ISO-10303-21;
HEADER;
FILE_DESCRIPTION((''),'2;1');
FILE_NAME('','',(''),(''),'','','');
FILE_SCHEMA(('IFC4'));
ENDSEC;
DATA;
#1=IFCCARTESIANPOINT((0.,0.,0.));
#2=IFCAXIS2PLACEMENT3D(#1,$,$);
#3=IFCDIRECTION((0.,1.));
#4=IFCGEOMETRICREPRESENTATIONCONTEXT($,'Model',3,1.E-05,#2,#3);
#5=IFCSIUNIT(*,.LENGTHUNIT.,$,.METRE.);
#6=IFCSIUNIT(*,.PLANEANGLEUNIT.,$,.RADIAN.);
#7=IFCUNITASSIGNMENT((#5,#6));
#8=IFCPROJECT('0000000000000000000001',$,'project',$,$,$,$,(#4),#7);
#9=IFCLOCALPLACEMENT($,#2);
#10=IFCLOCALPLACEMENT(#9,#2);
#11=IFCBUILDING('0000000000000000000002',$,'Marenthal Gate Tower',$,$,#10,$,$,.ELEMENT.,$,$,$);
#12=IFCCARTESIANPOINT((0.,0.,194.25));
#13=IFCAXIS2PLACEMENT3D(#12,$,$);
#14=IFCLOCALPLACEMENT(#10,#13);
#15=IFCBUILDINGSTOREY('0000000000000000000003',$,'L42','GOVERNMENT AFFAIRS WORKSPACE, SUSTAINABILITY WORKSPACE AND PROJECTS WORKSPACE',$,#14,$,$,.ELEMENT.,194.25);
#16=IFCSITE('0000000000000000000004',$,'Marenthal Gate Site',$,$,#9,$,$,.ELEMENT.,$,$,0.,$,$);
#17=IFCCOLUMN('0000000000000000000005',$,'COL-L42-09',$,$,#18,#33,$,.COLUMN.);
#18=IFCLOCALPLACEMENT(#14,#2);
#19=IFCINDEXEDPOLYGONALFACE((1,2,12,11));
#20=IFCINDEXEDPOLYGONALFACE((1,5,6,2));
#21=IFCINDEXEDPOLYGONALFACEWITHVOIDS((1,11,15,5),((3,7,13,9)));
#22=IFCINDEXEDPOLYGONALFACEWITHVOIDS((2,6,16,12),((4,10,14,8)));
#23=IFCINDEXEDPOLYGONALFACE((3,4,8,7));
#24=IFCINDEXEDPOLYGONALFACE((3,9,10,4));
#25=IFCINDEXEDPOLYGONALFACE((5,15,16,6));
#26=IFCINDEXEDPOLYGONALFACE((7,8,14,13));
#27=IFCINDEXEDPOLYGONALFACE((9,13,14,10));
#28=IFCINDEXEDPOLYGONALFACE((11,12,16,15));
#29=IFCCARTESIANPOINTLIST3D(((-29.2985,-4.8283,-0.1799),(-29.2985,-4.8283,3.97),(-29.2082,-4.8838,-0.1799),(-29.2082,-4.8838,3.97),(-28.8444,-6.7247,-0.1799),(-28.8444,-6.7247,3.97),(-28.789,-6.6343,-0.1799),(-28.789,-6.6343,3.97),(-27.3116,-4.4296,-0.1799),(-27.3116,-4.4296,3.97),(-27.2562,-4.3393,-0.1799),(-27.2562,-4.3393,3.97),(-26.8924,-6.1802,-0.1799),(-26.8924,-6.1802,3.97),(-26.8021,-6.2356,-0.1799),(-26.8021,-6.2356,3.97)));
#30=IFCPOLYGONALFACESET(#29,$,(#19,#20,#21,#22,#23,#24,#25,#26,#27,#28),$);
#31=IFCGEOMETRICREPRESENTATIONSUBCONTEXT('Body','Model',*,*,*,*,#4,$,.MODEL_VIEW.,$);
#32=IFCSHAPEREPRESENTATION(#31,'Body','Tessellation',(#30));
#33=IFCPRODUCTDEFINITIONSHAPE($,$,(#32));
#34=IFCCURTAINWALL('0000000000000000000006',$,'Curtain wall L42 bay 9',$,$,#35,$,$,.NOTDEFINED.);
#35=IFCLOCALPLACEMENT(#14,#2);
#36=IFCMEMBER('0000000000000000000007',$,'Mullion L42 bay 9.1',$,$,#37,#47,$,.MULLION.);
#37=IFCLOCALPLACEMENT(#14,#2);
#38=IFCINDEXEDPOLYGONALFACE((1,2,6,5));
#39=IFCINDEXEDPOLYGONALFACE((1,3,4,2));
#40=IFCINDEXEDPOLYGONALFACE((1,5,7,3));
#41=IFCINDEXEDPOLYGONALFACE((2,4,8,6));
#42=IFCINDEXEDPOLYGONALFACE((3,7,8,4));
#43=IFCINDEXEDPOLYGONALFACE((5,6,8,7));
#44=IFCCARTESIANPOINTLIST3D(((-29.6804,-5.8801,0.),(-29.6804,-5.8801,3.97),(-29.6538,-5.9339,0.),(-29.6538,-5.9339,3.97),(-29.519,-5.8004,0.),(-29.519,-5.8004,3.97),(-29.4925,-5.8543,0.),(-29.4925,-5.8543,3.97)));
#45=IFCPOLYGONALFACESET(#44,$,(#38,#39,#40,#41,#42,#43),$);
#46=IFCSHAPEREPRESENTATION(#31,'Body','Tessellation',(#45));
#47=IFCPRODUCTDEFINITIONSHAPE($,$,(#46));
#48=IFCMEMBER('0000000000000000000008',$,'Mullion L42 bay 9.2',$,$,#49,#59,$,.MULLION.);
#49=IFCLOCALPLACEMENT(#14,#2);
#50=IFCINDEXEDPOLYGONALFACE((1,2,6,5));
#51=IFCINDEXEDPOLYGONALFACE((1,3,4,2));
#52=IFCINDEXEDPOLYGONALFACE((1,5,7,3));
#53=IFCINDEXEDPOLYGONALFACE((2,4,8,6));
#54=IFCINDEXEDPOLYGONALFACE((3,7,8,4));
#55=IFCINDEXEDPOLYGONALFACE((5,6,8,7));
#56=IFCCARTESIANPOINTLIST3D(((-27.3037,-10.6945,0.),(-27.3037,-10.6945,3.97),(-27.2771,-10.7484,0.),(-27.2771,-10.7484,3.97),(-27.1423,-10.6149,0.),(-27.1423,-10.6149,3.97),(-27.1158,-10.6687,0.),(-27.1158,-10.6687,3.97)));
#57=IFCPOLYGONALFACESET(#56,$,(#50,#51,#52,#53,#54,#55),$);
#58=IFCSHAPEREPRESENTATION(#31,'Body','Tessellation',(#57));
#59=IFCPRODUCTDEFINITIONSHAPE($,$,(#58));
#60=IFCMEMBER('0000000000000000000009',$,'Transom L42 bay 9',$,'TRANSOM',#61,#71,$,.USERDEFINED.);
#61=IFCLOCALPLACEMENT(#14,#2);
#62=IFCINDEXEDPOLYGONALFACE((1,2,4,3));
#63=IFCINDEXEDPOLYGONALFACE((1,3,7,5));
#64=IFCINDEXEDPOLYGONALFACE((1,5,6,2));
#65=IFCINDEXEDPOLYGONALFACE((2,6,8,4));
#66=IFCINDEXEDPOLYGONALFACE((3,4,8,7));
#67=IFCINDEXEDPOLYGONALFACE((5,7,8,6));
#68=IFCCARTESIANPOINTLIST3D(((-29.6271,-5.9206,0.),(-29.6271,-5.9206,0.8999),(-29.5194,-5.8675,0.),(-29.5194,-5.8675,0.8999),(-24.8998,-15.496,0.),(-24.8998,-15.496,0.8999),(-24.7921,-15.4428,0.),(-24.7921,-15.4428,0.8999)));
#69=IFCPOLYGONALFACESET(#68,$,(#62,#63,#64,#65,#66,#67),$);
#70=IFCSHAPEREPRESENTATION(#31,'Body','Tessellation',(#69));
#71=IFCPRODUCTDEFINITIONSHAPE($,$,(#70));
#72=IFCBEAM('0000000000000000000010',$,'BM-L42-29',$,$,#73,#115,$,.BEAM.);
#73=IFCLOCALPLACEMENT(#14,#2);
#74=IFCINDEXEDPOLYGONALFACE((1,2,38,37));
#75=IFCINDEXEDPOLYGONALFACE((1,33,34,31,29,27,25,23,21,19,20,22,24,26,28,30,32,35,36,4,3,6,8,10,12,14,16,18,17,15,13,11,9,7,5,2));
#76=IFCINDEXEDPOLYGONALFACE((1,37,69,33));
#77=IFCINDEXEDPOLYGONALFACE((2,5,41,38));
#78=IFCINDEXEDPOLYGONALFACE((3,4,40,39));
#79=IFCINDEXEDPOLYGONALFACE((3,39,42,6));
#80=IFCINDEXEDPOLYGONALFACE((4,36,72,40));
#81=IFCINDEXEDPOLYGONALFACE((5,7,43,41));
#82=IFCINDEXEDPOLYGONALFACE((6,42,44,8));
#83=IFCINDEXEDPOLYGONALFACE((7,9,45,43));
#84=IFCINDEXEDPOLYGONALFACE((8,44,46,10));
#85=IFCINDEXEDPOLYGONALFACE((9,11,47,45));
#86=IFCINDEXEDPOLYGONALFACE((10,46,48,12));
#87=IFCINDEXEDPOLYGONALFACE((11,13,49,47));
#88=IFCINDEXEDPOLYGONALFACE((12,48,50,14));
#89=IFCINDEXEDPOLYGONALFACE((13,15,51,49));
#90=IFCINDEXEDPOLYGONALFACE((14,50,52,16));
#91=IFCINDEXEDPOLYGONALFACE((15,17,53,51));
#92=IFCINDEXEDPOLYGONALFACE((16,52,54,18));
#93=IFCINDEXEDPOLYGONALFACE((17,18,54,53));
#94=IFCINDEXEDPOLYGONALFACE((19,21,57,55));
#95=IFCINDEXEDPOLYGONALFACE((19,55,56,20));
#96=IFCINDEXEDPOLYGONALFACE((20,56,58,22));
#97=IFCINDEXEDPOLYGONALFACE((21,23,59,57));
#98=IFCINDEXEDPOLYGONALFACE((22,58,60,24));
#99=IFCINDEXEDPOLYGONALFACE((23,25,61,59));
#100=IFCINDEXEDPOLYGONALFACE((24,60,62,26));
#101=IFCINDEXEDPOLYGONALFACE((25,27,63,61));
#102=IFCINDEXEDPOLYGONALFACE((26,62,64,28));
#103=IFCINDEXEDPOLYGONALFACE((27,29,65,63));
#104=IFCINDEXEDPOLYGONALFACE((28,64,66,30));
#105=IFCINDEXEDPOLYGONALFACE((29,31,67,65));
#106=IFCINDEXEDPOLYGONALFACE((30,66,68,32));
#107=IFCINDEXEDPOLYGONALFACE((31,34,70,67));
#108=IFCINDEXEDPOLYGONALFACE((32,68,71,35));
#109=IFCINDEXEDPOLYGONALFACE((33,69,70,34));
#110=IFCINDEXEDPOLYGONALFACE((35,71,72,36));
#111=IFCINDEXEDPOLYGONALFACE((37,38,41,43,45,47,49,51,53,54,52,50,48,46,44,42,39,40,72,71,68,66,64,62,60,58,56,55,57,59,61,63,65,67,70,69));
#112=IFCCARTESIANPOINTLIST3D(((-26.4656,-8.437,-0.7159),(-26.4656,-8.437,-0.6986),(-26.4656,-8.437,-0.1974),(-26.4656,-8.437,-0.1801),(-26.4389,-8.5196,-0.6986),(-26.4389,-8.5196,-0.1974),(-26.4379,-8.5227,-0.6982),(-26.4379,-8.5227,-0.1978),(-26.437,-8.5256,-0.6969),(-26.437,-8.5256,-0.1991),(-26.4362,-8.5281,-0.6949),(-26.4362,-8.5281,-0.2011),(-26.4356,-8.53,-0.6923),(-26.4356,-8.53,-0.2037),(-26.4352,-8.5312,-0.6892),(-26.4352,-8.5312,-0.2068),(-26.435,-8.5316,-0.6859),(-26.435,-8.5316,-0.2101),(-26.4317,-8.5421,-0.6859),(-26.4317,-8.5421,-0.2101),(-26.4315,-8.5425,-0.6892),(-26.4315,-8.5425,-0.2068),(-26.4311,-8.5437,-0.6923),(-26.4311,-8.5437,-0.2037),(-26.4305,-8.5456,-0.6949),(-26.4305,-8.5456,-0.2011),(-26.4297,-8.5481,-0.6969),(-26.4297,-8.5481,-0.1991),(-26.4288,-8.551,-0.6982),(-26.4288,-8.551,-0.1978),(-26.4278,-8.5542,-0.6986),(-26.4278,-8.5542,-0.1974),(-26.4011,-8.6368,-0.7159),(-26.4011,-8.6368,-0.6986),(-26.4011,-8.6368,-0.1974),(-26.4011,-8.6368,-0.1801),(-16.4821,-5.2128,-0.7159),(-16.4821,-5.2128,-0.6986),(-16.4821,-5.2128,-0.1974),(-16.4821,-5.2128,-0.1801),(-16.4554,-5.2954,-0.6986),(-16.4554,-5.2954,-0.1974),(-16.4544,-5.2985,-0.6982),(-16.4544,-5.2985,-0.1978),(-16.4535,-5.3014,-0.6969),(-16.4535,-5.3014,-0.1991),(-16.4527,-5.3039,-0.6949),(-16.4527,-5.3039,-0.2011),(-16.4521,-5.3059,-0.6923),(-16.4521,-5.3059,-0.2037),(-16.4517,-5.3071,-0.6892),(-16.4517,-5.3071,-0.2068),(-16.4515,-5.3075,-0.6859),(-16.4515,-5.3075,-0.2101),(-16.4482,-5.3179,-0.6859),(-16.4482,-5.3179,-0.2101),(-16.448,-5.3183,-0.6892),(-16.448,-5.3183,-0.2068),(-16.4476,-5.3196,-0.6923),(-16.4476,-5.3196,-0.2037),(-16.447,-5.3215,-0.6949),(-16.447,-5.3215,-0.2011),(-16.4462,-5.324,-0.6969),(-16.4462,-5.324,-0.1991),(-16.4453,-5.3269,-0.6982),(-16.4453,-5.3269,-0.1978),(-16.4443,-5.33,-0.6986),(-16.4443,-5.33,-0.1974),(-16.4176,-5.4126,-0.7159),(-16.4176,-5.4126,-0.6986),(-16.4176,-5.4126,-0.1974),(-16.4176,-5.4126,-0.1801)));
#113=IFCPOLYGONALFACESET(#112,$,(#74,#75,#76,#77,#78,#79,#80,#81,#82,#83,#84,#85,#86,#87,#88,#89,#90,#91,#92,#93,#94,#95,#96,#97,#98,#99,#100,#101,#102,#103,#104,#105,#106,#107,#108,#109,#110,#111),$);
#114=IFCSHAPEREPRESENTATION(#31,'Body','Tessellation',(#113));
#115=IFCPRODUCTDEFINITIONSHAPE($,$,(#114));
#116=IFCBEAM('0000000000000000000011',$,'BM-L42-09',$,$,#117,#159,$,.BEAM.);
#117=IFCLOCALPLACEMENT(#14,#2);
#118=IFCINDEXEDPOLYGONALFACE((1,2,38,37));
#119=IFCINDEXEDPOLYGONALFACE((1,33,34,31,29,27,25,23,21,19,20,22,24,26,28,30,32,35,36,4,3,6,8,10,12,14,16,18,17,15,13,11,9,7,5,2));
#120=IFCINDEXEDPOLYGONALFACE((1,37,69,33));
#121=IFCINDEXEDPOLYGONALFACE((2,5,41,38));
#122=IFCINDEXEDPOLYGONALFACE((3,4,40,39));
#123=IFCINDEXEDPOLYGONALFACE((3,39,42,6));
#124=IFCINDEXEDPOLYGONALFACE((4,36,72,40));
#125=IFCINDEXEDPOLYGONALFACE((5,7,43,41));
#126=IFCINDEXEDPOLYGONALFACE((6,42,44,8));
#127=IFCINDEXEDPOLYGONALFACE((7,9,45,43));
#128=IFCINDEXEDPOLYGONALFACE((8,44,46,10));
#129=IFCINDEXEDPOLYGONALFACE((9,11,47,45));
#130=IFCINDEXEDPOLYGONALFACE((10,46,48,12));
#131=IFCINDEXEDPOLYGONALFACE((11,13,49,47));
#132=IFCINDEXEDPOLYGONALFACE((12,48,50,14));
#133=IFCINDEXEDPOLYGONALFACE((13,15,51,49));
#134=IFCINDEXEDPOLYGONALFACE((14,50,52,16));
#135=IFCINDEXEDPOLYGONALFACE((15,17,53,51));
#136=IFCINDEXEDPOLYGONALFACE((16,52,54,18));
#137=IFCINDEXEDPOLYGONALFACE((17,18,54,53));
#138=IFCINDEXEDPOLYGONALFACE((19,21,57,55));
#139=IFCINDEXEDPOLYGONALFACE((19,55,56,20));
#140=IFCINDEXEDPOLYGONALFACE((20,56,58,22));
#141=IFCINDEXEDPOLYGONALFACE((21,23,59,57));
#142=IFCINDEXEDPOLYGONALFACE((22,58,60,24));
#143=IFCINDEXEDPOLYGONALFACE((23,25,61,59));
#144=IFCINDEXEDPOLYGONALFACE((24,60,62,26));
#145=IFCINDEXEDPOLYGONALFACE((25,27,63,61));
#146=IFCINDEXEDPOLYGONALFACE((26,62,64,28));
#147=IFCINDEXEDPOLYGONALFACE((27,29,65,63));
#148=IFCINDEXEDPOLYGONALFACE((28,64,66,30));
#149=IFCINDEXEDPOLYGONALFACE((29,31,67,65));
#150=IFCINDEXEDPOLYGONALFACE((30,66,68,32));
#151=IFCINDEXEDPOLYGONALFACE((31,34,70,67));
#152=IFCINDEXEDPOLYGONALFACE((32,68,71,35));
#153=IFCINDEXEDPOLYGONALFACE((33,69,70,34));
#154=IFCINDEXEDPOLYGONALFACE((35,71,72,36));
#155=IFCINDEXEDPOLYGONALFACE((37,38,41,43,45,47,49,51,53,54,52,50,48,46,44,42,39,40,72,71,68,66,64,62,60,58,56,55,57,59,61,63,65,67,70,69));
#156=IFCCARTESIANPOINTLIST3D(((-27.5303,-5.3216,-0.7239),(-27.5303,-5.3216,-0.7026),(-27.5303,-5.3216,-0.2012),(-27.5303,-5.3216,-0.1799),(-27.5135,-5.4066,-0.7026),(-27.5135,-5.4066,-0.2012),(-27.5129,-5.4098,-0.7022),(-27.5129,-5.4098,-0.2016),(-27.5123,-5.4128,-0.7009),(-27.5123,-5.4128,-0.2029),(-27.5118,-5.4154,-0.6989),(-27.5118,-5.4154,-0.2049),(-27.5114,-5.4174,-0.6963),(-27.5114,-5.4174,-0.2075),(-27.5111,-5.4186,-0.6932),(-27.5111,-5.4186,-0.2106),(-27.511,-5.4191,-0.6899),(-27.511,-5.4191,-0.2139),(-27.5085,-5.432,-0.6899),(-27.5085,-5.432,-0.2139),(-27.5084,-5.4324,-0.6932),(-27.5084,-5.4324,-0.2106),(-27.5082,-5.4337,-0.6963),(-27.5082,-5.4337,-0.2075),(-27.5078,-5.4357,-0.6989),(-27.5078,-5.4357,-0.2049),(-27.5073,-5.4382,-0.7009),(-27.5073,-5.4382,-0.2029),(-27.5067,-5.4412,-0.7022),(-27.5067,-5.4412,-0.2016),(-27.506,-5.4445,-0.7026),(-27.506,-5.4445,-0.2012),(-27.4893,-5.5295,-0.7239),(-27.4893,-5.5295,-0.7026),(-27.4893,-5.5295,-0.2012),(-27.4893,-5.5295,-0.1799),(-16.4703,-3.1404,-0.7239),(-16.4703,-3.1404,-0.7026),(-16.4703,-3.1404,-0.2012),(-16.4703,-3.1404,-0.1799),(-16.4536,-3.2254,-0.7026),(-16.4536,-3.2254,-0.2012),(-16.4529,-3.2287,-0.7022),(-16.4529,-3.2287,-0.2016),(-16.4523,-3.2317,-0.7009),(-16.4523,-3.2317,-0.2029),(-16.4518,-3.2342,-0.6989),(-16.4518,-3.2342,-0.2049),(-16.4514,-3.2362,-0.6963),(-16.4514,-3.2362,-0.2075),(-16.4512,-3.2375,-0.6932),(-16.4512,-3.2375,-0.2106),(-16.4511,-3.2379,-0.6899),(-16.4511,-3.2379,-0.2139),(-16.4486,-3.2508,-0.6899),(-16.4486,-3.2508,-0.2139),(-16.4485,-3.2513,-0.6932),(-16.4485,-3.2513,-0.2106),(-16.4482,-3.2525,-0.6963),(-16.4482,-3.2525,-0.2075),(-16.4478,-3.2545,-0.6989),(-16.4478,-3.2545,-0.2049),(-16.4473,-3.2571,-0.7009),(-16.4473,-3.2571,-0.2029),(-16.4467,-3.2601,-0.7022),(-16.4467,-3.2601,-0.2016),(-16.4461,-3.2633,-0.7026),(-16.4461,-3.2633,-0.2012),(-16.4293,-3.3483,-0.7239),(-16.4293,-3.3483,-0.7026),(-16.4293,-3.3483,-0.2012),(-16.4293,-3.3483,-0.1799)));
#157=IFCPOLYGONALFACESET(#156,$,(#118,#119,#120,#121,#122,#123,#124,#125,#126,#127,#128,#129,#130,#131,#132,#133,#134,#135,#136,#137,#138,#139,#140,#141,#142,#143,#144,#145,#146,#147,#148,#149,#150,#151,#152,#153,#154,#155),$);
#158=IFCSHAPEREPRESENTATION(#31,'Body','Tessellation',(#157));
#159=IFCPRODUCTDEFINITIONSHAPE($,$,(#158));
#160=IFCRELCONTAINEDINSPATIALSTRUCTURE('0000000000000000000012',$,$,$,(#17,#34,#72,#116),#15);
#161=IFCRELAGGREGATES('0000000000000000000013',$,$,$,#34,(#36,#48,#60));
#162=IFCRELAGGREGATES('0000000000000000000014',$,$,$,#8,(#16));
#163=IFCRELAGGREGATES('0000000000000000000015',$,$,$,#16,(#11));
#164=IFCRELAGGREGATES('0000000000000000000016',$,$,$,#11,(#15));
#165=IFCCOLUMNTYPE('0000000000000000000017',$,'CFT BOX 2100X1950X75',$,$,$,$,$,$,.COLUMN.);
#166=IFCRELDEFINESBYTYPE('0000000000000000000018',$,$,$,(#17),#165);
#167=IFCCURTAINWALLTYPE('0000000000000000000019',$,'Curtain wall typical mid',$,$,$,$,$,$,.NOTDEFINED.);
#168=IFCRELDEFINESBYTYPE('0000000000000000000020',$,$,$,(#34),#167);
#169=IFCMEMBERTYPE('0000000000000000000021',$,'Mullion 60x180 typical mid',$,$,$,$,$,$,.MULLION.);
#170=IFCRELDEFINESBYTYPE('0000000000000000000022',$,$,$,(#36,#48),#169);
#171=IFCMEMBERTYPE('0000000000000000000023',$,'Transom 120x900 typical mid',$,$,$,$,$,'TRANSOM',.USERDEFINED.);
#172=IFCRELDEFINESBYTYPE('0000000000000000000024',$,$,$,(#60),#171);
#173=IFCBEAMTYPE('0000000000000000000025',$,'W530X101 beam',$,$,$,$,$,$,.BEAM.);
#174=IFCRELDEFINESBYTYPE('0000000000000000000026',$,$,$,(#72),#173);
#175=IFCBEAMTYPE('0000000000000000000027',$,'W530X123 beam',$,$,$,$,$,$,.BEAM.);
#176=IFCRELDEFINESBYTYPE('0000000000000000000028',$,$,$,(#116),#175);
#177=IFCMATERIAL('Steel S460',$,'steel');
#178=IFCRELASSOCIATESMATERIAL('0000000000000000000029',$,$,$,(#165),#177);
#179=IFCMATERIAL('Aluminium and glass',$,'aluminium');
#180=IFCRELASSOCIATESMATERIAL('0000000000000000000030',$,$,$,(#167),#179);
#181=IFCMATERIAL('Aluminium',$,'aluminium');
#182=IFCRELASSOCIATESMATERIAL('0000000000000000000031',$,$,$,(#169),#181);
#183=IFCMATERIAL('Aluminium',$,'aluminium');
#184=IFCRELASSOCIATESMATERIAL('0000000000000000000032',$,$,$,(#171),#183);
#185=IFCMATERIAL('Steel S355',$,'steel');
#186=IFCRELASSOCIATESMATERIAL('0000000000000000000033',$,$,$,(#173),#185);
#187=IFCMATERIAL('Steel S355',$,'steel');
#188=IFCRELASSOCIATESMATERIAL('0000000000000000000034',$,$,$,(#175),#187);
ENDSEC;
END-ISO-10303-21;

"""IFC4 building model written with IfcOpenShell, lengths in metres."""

from ifc_helpers import new_model, si_unit, direction, frame, origin, origin_2d, place, context, subcontext, project, spatial, rectangle, hollow_rectangle, i_section, extrude, material, material_profile, profile_set, type_object, element, aggregate, save


model = new_model("IFC4")

# Units and contexts
model_context = context("Model", 3, precision=1e-05, world=origin(), true_north=direction((0.0, 1.0)))
body_context = subcontext(model_context, "Body", "Model", "MODEL_VIEW")
ifc_project = project(units=[si_unit("LENGTHUNIT", "METRE"), si_unit("PLANEANGLEUNIT", "RADIAN")], contexts=[model_context])

# Site, building, storey
site_placement = place(None, origin())
site = spatial("IfcSite", under=ifc_project, at=site_placement, Name="Marenthal Gate Site", CompositionType="ELEMENT", RefElevation=0.0)
building_placement = place(site_placement, origin())
building = spatial("IfcBuilding", under=site, at=building_placement, Name="Marenthal Gate Tower", CompositionType="ELEMENT")
storey_placement = place(building_placement, frame((0.0, 0.0, 194.25)))
storey = spatial("IfcBuildingStorey", under=building, at=storey_placement, Name="L42", Description="GOVERNMENT AFFAIRS WORKSPACE, SUSTAINABILITY WORKSPACE AND PROJECTS WORKSPACE", CompositionType="ELEMENT", Elevation=194.25)

# Column
ifc_material_1 = material(Name="Steel S460", Category="steel")
ifc_material_profile_1 = material_profile(ifc_material_1, hollow_rectangle(XDim=1.95, YDim=2.1001, WallThickness=0.075, at=origin_2d()), Name="CFT BOX 2100X1950X75")
ifc_material_2 = material(Name="Concrete 70 MPa", Category="concrete")
ifc_material_profile_2 = material_profile(ifc_material_2, rectangle(XDim=1.8, YDim=1.95, at=origin_2d()), Name="CFT BOX 2100X1950X75 INFILL")
ifc_profile_set_1 = profile_set([ifc_material_profile_1, ifc_material_profile_2], Name="Steel S460 shell, Concrete 70 MPa infill")
column_type = type_object("IfcColumnType", Name="CFT BOX 2100X1950X75", PredefinedType="COLUMN", material=ifc_profile_set_1)
column_placement = place(storey_placement, frame((-28.0503, -5.532, -0.1799), z_axis=(0.0, 0.0, 1.0), x_axis=(-0.23288, 0.972505, 0.0)))
element("IfcColumn", 1, at=column_placement, inside=storey, type_object=column_type, Name="COL-L42-09", PredefinedType="COLUMN", context=body_context, shape_type="SweptSolid", body=[
    extrude(hollow_rectangle(XDim=1.95, YDim=2.1001, WallThickness=0.075, at=origin_2d()), origin(), (0.0, 0.0, 1.0), 4.1499),
])

# Curtain wall, members
ifc_material_3 = material(Name="Aluminium and glass", Category="aluminium")
curtain_wall_type = type_object("IfcCurtainWallType", Name="Curtain wall typical mid", PredefinedType="NOTDEFINED", material=ifc_material_3)
curtain_wall_placement = place(storey_placement, origin())
curtain_wall = element("IfcCurtainWall", 2, at=curtain_wall_placement, inside=storey, type_object=curtain_wall_type, Name="Curtain wall L42 bay 9", PredefinedType="NOTDEFINED")
ifc_material_4 = material(Name="Aluminium", Category="aluminium")
ifc_material_profile_3 = material_profile(ifc_material_4, rectangle(XDim=0.1799, YDim=0.0601, at=origin_2d()), Name="60x180 aluminium mullion")
ifc_profile_set_2 = profile_set([ifc_material_profile_3], Name="Aluminium")
member_type_1 = type_object("IfcMemberType", Name="Mullion 60x180 typical mid", PredefinedType="MULLION", material=ifc_profile_set_2)
member_1_placement = place(storey_placement, frame((-29.5864, -5.8672, 0.0), z_axis=(0.0, 0.0, 1.0), x_axis=(0.896681, 0.442678, 0.0)))
member_1 = element("IfcMember", 3, at=member_1_placement, type_object=member_type_1, Name="Mullion L42 bay 9.1", PredefinedType="MULLION", context=body_context, shape_type="SweptSolid", body=[
    extrude(rectangle(XDim=0.1799, YDim=0.0601, at=origin_2d()), origin(), (0.0, 0.0, 1.0), 3.97),
])
member_2_placement = place(storey_placement, frame((-27.2097, -10.6816, 0.0), z_axis=(0.0, 0.0, 1.0), x_axis=(0.896681, 0.442678, 0.0)))
member_2 = element("IfcMember", 4, at=member_2_placement, type_object=member_type_1, Name="Mullion L42 bay 9.2", PredefinedType="MULLION", context=body_context, shape_type="SweptSolid", body=[
    extrude(rectangle(XDim=0.1799, YDim=0.0601, at=origin_2d()), origin(), (0.0, 0.0, 1.0), 3.97),
])
ifc_material_5 = material(Name="Aluminium", Category="aluminium")
ifc_material_profile_4 = material_profile(ifc_material_5, rectangle(XDim=0.1201, YDim=0.8999, at=origin_2d()), Name="120x900 aluminium transom")
ifc_profile_set_3 = profile_set([ifc_material_profile_4], Name="Aluminium")
member_type_2 = type_object("IfcMemberType", Name="Transom 120x900 typical mid", ElementType="TRANSOM", PredefinedType="USERDEFINED", material=ifc_profile_set_3)
member_3_placement = place(storey_placement, frame((-29.5732, -5.894, 0.45), z_axis=(0.442681, -0.896679, 0.0), x_axis=(0.896679, 0.442681, 0.0)))
member_3 = element("IfcMember", 5, at=member_3_placement, type_object=member_type_2, Name="Transom L42 bay 9", ObjectType="TRANSOM", PredefinedType="USERDEFINED", context=body_context, shape_type="SweptSolid", body=[
    extrude(rectangle(XDim=0.1201, YDim=0.8999, at=origin_2d()), origin(), (0.0, 0.0, 1.0), 10.6787),
])

# Beams
ifc_material_6 = material(Name="Steel S355", Category="steel")
ifc_material_profile_5 = material_profile(ifc_material_6, i_section(OverallWidth=0.21, OverallDepth=0.5359, WebThickness=0.011, FlangeThickness=0.0173, FilletRadius=0.0127, at=origin_2d()), Name="W530X101")
ifc_profile_set_4 = profile_set([ifc_material_profile_5], Name="Steel S355")
beam_type_1 = type_object("IfcBeamType", Name="W530X101 beam", PredefinedType="BEAM", material=ifc_profile_set_4)
beam_1_placement = place(storey_placement, frame((-26.4333, -8.5369, -0.448), z_axis=(0.951606, 0.30732, 0.0), x_axis=(-0.30732, 0.951606, 0.0)))
element("IfcBeam", 6, at=beam_1_placement, inside=storey, type_object=beam_type_1, Name="BM-L42-29", PredefinedType="BEAM", context=body_context, shape_type="SweptSolid", body=[
    extrude(i_section(OverallWidth=0.21, OverallDepth=0.5359, WebThickness=0.011, FlangeThickness=0.0173, FilletRadius=0.0127, at=origin_2d()), origin(), (0.0, 0.0, 1.0), 10.4912),
])
ifc_material_7 = material(Name="Steel S355", Category="steel")
ifc_material_profile_6 = material_profile(ifc_material_7, i_section(OverallWidth=0.2119, OverallDepth=0.5439, WebThickness=0.0132, FlangeThickness=0.0212, FilletRadius=0.0127, at=origin_2d()), Name="W530X123")
ifc_profile_set_5 = profile_set([ifc_material_profile_6], Name="Steel S355")
beam_type_2 = type_object("IfcBeamType", Name="W530X123 beam", PredefinedType="BEAM", material=ifc_profile_set_5)
beam_2_placement = place(storey_placement, frame((-27.5098, -5.4255, -0.4519), z_axis=(0.981103, 0.193487, 0.0), x_axis=(-0.193487, 0.981103, 0.0)))
element("IfcBeam", 7, at=beam_2_placement, inside=storey, type_object=beam_type_2, Name="BM-L42-09", PredefinedType="BEAM", context=body_context, shape_type="SweptSolid", body=[
    extrude(i_section(OverallWidth=0.2119, OverallDepth=0.5439, WebThickness=0.0132, FlangeThickness=0.0212, FilletRadius=0.0127, at=origin_2d()), origin(), (0.0, 0.0, 1.0), 11.2729),
])

aggregate(curtain_wall, [member_1, member_2, member_3])

save(model, "model.ifc")
